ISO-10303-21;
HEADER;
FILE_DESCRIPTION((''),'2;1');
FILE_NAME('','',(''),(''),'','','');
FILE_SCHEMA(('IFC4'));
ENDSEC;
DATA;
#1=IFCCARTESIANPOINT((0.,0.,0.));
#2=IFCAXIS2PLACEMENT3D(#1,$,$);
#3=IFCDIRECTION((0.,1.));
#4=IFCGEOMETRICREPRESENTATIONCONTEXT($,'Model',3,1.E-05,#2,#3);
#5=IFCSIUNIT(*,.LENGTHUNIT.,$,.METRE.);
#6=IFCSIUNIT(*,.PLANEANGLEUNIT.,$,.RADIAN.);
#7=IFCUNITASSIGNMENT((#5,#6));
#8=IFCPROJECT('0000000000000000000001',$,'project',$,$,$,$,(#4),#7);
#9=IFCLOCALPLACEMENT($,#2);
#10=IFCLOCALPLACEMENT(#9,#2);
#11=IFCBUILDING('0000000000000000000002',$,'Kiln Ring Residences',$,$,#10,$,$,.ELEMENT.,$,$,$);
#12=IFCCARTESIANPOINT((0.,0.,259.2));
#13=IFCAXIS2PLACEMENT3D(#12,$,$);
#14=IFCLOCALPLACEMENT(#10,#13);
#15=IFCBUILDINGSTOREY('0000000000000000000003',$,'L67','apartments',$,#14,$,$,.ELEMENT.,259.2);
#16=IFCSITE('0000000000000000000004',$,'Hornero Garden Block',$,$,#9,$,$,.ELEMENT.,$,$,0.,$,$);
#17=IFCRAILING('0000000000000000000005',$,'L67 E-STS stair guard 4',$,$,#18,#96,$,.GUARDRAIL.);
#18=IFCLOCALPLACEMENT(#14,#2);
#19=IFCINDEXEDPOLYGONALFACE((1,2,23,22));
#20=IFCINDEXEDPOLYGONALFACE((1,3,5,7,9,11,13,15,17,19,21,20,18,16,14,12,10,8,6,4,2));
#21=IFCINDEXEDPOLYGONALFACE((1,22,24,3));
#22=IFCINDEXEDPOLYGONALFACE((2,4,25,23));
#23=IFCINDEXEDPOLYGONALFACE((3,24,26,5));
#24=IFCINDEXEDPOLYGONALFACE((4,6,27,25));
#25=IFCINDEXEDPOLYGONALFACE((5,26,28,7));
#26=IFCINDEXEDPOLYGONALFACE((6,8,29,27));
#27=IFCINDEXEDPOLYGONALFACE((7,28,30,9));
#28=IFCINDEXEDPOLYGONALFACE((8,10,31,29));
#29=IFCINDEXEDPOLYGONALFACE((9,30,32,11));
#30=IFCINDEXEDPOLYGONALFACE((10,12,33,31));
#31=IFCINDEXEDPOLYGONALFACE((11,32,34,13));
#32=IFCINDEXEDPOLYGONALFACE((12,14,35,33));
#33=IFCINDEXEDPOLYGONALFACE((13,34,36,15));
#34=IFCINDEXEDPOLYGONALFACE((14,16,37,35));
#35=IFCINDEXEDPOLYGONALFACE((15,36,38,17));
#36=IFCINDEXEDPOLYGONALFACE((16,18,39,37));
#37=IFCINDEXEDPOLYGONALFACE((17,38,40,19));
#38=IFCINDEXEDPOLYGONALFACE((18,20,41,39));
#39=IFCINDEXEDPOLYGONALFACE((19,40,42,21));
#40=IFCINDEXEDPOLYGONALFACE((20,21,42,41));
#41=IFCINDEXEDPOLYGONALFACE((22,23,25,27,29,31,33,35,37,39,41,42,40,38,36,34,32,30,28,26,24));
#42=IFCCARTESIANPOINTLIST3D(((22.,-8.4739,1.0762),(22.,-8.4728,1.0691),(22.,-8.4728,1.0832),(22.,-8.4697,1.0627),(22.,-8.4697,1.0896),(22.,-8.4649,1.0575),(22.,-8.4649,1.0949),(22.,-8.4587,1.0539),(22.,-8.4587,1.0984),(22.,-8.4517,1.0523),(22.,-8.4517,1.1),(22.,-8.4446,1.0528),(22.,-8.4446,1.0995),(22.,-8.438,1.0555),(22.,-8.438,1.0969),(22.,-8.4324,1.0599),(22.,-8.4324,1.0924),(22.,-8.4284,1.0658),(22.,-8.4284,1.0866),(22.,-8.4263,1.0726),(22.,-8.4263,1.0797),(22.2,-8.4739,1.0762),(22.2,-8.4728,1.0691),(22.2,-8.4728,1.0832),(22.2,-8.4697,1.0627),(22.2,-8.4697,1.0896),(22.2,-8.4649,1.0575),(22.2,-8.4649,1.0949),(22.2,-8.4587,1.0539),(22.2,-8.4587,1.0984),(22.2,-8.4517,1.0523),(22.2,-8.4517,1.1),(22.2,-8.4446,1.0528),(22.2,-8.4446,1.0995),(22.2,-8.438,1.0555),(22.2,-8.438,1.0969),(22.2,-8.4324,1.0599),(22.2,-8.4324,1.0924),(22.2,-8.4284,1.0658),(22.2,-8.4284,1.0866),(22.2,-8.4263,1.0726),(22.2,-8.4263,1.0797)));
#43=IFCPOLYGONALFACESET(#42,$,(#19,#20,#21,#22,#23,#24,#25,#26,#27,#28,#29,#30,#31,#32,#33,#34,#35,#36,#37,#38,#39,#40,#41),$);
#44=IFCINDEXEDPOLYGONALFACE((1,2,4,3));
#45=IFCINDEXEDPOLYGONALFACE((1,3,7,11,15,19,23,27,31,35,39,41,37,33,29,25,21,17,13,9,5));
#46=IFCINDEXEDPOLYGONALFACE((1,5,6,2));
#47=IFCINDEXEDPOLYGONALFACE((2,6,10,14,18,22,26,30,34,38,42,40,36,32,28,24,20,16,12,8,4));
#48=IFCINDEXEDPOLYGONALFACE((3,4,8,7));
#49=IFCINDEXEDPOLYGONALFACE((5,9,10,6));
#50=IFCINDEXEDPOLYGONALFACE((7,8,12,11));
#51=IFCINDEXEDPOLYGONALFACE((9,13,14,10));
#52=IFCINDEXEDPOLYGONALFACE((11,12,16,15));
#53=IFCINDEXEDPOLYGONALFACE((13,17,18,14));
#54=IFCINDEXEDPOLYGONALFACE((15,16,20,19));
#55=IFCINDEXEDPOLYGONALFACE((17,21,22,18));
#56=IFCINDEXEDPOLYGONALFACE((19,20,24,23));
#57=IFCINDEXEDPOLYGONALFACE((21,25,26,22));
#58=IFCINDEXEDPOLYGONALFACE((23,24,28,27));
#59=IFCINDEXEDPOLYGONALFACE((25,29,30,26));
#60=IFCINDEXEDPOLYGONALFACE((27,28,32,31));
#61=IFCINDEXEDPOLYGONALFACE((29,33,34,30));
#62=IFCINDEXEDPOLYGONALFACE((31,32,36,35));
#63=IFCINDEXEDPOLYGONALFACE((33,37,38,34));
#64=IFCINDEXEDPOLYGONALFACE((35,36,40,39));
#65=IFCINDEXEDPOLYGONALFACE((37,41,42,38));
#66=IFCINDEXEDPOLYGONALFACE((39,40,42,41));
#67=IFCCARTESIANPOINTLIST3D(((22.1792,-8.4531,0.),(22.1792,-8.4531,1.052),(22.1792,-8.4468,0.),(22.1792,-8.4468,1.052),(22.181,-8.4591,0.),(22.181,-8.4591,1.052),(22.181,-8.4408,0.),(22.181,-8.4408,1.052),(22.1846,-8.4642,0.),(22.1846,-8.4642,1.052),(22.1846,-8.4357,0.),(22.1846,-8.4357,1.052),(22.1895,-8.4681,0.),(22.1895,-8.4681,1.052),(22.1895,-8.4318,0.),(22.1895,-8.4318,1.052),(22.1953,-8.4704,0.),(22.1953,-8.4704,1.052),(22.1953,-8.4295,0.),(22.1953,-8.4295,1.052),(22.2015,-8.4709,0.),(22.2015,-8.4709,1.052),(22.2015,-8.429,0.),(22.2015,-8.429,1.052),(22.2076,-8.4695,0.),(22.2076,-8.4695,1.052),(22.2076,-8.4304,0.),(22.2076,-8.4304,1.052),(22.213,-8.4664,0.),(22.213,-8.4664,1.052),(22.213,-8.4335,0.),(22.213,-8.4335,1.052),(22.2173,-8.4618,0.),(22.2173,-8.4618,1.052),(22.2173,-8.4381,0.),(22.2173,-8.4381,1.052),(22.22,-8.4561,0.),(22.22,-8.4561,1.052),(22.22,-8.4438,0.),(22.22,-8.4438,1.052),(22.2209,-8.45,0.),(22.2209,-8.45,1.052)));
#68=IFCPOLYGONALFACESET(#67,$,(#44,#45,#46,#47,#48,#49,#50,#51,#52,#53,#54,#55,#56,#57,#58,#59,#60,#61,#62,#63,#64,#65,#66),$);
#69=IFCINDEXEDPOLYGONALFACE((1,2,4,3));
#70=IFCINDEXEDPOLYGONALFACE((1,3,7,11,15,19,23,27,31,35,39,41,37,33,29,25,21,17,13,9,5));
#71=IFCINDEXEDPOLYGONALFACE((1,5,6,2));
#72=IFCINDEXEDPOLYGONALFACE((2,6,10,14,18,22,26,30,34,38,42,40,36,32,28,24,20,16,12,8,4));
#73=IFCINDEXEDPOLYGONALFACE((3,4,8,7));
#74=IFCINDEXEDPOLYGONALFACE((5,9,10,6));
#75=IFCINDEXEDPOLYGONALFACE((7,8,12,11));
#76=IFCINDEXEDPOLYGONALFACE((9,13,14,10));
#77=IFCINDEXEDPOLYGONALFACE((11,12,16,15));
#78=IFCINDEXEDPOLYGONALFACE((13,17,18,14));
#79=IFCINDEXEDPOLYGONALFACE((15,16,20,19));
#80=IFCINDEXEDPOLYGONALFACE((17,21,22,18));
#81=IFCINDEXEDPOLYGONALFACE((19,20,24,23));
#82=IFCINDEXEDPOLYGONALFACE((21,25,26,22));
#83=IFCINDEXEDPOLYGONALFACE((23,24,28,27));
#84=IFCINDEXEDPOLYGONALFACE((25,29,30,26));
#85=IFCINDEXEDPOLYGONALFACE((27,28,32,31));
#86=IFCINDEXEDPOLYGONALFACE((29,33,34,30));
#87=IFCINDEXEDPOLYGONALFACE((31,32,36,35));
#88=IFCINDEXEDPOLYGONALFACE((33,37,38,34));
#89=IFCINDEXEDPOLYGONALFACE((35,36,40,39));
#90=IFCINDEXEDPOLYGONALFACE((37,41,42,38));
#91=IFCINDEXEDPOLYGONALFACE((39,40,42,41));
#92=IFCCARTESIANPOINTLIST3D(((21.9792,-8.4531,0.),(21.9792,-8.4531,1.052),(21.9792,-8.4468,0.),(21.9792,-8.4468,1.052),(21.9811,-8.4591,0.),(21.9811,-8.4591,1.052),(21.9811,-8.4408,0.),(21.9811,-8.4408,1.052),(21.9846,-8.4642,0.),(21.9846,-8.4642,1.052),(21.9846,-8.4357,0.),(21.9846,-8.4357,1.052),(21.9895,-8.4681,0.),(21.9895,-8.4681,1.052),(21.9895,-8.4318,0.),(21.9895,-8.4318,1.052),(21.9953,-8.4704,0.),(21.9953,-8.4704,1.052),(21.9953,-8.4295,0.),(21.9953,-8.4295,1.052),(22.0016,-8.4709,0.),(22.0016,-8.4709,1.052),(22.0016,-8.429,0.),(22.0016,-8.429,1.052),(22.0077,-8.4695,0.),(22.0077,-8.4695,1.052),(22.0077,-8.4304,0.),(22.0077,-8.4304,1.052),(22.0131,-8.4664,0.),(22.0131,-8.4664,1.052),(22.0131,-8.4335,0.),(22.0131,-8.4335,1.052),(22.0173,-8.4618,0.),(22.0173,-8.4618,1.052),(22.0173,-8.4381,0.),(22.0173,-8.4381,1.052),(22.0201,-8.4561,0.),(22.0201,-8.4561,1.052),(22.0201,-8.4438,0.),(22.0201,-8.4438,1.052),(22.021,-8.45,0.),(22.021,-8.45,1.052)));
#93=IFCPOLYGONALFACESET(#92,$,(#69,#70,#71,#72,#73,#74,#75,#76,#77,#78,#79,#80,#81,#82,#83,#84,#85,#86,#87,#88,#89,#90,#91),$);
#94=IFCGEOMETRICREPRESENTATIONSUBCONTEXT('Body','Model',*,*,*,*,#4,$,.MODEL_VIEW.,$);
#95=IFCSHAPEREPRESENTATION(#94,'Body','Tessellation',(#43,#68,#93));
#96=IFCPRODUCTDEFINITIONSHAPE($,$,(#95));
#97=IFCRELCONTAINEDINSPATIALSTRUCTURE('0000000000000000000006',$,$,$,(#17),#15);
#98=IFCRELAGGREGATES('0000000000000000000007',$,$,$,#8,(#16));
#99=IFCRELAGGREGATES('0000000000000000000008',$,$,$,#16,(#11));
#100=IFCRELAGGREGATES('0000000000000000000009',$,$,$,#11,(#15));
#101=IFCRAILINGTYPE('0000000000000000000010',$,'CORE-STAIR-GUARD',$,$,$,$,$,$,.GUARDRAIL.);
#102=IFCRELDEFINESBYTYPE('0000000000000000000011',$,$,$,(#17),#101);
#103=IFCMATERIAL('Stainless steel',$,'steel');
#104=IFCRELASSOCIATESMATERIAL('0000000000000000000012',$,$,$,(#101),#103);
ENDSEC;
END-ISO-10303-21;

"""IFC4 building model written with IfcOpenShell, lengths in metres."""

from ifc_helpers import new_model, si_unit, direction, frame, origin, origin_2d, place, context, subcontext, project, spatial, circle, extrude, material, type_object, element, save


model = new_model("IFC4")

# Units and contexts
model_context = context("Model", 3, precision=1e-05, world=origin(), true_north=direction((0.0, 1.0)))
body_context = subcontext(model_context, "Body", "Model", "MODEL_VIEW")
ifc_project = project(units=[si_unit("LENGTHUNIT", "METRE"), si_unit("PLANEANGLEUNIT", "RADIAN")], contexts=[model_context])

# Site, building, storey
site_placement = place(None, origin())
site = spatial("IfcSite", under=ifc_project, at=site_placement, Name="Hornero Garden Block", CompositionType="ELEMENT", RefElevation=0.0)
building_placement = place(site_placement, origin())
building = spatial("IfcBuilding", under=site, at=building_placement, Name="Kiln Ring Residences", CompositionType="ELEMENT")
storey_placement = place(building_placement, frame((0.0, 0.0, 259.2)))
storey = spatial("IfcBuildingStorey", under=building, at=storey_placement, Name="L67", Description="apartments", CompositionType="ELEMENT", Elevation=259.2)

# Railing
ifc_material_1 = material(Name="Stainless steel", Category="steel")
railing_type_1 = type_object("IfcRailingType", Name="CORE-STAIR-GUARD", PredefinedType="GUARDRAIL", material=ifc_material_1)
railing_1_placement = place(storey_placement, frame((22.2, -8.45, 0.0)))
element("IfcRailing", 1, at=railing_1_placement, inside=storey, type_object=railing_type_1, Name="L67 E-STS stair guard 4", PredefinedType="GUARDRAIL", context=body_context, shape_type="SweptSolid", body=[
    extrude(circle(Radius=0.0239, at=origin_2d()), frame((0.0, 0.0, 1.0762), z_axis=(-1.0, 0.0, 0.0), x_axis=(0.0, -1.0, 0.0)), (0.0, 0.0, 1.0), 0.2),
    extrude(circle(Radius=0.021, at=origin_2d()), origin(), (0.0, 0.0, 1.0), 1.052),
    extrude(circle(Radius=0.021, at=origin_2d()), frame((-0.2, 0.0, 0.0)), (0.0, 0.0, 1.0), 1.052),
])

save(model, "model.ifc")
